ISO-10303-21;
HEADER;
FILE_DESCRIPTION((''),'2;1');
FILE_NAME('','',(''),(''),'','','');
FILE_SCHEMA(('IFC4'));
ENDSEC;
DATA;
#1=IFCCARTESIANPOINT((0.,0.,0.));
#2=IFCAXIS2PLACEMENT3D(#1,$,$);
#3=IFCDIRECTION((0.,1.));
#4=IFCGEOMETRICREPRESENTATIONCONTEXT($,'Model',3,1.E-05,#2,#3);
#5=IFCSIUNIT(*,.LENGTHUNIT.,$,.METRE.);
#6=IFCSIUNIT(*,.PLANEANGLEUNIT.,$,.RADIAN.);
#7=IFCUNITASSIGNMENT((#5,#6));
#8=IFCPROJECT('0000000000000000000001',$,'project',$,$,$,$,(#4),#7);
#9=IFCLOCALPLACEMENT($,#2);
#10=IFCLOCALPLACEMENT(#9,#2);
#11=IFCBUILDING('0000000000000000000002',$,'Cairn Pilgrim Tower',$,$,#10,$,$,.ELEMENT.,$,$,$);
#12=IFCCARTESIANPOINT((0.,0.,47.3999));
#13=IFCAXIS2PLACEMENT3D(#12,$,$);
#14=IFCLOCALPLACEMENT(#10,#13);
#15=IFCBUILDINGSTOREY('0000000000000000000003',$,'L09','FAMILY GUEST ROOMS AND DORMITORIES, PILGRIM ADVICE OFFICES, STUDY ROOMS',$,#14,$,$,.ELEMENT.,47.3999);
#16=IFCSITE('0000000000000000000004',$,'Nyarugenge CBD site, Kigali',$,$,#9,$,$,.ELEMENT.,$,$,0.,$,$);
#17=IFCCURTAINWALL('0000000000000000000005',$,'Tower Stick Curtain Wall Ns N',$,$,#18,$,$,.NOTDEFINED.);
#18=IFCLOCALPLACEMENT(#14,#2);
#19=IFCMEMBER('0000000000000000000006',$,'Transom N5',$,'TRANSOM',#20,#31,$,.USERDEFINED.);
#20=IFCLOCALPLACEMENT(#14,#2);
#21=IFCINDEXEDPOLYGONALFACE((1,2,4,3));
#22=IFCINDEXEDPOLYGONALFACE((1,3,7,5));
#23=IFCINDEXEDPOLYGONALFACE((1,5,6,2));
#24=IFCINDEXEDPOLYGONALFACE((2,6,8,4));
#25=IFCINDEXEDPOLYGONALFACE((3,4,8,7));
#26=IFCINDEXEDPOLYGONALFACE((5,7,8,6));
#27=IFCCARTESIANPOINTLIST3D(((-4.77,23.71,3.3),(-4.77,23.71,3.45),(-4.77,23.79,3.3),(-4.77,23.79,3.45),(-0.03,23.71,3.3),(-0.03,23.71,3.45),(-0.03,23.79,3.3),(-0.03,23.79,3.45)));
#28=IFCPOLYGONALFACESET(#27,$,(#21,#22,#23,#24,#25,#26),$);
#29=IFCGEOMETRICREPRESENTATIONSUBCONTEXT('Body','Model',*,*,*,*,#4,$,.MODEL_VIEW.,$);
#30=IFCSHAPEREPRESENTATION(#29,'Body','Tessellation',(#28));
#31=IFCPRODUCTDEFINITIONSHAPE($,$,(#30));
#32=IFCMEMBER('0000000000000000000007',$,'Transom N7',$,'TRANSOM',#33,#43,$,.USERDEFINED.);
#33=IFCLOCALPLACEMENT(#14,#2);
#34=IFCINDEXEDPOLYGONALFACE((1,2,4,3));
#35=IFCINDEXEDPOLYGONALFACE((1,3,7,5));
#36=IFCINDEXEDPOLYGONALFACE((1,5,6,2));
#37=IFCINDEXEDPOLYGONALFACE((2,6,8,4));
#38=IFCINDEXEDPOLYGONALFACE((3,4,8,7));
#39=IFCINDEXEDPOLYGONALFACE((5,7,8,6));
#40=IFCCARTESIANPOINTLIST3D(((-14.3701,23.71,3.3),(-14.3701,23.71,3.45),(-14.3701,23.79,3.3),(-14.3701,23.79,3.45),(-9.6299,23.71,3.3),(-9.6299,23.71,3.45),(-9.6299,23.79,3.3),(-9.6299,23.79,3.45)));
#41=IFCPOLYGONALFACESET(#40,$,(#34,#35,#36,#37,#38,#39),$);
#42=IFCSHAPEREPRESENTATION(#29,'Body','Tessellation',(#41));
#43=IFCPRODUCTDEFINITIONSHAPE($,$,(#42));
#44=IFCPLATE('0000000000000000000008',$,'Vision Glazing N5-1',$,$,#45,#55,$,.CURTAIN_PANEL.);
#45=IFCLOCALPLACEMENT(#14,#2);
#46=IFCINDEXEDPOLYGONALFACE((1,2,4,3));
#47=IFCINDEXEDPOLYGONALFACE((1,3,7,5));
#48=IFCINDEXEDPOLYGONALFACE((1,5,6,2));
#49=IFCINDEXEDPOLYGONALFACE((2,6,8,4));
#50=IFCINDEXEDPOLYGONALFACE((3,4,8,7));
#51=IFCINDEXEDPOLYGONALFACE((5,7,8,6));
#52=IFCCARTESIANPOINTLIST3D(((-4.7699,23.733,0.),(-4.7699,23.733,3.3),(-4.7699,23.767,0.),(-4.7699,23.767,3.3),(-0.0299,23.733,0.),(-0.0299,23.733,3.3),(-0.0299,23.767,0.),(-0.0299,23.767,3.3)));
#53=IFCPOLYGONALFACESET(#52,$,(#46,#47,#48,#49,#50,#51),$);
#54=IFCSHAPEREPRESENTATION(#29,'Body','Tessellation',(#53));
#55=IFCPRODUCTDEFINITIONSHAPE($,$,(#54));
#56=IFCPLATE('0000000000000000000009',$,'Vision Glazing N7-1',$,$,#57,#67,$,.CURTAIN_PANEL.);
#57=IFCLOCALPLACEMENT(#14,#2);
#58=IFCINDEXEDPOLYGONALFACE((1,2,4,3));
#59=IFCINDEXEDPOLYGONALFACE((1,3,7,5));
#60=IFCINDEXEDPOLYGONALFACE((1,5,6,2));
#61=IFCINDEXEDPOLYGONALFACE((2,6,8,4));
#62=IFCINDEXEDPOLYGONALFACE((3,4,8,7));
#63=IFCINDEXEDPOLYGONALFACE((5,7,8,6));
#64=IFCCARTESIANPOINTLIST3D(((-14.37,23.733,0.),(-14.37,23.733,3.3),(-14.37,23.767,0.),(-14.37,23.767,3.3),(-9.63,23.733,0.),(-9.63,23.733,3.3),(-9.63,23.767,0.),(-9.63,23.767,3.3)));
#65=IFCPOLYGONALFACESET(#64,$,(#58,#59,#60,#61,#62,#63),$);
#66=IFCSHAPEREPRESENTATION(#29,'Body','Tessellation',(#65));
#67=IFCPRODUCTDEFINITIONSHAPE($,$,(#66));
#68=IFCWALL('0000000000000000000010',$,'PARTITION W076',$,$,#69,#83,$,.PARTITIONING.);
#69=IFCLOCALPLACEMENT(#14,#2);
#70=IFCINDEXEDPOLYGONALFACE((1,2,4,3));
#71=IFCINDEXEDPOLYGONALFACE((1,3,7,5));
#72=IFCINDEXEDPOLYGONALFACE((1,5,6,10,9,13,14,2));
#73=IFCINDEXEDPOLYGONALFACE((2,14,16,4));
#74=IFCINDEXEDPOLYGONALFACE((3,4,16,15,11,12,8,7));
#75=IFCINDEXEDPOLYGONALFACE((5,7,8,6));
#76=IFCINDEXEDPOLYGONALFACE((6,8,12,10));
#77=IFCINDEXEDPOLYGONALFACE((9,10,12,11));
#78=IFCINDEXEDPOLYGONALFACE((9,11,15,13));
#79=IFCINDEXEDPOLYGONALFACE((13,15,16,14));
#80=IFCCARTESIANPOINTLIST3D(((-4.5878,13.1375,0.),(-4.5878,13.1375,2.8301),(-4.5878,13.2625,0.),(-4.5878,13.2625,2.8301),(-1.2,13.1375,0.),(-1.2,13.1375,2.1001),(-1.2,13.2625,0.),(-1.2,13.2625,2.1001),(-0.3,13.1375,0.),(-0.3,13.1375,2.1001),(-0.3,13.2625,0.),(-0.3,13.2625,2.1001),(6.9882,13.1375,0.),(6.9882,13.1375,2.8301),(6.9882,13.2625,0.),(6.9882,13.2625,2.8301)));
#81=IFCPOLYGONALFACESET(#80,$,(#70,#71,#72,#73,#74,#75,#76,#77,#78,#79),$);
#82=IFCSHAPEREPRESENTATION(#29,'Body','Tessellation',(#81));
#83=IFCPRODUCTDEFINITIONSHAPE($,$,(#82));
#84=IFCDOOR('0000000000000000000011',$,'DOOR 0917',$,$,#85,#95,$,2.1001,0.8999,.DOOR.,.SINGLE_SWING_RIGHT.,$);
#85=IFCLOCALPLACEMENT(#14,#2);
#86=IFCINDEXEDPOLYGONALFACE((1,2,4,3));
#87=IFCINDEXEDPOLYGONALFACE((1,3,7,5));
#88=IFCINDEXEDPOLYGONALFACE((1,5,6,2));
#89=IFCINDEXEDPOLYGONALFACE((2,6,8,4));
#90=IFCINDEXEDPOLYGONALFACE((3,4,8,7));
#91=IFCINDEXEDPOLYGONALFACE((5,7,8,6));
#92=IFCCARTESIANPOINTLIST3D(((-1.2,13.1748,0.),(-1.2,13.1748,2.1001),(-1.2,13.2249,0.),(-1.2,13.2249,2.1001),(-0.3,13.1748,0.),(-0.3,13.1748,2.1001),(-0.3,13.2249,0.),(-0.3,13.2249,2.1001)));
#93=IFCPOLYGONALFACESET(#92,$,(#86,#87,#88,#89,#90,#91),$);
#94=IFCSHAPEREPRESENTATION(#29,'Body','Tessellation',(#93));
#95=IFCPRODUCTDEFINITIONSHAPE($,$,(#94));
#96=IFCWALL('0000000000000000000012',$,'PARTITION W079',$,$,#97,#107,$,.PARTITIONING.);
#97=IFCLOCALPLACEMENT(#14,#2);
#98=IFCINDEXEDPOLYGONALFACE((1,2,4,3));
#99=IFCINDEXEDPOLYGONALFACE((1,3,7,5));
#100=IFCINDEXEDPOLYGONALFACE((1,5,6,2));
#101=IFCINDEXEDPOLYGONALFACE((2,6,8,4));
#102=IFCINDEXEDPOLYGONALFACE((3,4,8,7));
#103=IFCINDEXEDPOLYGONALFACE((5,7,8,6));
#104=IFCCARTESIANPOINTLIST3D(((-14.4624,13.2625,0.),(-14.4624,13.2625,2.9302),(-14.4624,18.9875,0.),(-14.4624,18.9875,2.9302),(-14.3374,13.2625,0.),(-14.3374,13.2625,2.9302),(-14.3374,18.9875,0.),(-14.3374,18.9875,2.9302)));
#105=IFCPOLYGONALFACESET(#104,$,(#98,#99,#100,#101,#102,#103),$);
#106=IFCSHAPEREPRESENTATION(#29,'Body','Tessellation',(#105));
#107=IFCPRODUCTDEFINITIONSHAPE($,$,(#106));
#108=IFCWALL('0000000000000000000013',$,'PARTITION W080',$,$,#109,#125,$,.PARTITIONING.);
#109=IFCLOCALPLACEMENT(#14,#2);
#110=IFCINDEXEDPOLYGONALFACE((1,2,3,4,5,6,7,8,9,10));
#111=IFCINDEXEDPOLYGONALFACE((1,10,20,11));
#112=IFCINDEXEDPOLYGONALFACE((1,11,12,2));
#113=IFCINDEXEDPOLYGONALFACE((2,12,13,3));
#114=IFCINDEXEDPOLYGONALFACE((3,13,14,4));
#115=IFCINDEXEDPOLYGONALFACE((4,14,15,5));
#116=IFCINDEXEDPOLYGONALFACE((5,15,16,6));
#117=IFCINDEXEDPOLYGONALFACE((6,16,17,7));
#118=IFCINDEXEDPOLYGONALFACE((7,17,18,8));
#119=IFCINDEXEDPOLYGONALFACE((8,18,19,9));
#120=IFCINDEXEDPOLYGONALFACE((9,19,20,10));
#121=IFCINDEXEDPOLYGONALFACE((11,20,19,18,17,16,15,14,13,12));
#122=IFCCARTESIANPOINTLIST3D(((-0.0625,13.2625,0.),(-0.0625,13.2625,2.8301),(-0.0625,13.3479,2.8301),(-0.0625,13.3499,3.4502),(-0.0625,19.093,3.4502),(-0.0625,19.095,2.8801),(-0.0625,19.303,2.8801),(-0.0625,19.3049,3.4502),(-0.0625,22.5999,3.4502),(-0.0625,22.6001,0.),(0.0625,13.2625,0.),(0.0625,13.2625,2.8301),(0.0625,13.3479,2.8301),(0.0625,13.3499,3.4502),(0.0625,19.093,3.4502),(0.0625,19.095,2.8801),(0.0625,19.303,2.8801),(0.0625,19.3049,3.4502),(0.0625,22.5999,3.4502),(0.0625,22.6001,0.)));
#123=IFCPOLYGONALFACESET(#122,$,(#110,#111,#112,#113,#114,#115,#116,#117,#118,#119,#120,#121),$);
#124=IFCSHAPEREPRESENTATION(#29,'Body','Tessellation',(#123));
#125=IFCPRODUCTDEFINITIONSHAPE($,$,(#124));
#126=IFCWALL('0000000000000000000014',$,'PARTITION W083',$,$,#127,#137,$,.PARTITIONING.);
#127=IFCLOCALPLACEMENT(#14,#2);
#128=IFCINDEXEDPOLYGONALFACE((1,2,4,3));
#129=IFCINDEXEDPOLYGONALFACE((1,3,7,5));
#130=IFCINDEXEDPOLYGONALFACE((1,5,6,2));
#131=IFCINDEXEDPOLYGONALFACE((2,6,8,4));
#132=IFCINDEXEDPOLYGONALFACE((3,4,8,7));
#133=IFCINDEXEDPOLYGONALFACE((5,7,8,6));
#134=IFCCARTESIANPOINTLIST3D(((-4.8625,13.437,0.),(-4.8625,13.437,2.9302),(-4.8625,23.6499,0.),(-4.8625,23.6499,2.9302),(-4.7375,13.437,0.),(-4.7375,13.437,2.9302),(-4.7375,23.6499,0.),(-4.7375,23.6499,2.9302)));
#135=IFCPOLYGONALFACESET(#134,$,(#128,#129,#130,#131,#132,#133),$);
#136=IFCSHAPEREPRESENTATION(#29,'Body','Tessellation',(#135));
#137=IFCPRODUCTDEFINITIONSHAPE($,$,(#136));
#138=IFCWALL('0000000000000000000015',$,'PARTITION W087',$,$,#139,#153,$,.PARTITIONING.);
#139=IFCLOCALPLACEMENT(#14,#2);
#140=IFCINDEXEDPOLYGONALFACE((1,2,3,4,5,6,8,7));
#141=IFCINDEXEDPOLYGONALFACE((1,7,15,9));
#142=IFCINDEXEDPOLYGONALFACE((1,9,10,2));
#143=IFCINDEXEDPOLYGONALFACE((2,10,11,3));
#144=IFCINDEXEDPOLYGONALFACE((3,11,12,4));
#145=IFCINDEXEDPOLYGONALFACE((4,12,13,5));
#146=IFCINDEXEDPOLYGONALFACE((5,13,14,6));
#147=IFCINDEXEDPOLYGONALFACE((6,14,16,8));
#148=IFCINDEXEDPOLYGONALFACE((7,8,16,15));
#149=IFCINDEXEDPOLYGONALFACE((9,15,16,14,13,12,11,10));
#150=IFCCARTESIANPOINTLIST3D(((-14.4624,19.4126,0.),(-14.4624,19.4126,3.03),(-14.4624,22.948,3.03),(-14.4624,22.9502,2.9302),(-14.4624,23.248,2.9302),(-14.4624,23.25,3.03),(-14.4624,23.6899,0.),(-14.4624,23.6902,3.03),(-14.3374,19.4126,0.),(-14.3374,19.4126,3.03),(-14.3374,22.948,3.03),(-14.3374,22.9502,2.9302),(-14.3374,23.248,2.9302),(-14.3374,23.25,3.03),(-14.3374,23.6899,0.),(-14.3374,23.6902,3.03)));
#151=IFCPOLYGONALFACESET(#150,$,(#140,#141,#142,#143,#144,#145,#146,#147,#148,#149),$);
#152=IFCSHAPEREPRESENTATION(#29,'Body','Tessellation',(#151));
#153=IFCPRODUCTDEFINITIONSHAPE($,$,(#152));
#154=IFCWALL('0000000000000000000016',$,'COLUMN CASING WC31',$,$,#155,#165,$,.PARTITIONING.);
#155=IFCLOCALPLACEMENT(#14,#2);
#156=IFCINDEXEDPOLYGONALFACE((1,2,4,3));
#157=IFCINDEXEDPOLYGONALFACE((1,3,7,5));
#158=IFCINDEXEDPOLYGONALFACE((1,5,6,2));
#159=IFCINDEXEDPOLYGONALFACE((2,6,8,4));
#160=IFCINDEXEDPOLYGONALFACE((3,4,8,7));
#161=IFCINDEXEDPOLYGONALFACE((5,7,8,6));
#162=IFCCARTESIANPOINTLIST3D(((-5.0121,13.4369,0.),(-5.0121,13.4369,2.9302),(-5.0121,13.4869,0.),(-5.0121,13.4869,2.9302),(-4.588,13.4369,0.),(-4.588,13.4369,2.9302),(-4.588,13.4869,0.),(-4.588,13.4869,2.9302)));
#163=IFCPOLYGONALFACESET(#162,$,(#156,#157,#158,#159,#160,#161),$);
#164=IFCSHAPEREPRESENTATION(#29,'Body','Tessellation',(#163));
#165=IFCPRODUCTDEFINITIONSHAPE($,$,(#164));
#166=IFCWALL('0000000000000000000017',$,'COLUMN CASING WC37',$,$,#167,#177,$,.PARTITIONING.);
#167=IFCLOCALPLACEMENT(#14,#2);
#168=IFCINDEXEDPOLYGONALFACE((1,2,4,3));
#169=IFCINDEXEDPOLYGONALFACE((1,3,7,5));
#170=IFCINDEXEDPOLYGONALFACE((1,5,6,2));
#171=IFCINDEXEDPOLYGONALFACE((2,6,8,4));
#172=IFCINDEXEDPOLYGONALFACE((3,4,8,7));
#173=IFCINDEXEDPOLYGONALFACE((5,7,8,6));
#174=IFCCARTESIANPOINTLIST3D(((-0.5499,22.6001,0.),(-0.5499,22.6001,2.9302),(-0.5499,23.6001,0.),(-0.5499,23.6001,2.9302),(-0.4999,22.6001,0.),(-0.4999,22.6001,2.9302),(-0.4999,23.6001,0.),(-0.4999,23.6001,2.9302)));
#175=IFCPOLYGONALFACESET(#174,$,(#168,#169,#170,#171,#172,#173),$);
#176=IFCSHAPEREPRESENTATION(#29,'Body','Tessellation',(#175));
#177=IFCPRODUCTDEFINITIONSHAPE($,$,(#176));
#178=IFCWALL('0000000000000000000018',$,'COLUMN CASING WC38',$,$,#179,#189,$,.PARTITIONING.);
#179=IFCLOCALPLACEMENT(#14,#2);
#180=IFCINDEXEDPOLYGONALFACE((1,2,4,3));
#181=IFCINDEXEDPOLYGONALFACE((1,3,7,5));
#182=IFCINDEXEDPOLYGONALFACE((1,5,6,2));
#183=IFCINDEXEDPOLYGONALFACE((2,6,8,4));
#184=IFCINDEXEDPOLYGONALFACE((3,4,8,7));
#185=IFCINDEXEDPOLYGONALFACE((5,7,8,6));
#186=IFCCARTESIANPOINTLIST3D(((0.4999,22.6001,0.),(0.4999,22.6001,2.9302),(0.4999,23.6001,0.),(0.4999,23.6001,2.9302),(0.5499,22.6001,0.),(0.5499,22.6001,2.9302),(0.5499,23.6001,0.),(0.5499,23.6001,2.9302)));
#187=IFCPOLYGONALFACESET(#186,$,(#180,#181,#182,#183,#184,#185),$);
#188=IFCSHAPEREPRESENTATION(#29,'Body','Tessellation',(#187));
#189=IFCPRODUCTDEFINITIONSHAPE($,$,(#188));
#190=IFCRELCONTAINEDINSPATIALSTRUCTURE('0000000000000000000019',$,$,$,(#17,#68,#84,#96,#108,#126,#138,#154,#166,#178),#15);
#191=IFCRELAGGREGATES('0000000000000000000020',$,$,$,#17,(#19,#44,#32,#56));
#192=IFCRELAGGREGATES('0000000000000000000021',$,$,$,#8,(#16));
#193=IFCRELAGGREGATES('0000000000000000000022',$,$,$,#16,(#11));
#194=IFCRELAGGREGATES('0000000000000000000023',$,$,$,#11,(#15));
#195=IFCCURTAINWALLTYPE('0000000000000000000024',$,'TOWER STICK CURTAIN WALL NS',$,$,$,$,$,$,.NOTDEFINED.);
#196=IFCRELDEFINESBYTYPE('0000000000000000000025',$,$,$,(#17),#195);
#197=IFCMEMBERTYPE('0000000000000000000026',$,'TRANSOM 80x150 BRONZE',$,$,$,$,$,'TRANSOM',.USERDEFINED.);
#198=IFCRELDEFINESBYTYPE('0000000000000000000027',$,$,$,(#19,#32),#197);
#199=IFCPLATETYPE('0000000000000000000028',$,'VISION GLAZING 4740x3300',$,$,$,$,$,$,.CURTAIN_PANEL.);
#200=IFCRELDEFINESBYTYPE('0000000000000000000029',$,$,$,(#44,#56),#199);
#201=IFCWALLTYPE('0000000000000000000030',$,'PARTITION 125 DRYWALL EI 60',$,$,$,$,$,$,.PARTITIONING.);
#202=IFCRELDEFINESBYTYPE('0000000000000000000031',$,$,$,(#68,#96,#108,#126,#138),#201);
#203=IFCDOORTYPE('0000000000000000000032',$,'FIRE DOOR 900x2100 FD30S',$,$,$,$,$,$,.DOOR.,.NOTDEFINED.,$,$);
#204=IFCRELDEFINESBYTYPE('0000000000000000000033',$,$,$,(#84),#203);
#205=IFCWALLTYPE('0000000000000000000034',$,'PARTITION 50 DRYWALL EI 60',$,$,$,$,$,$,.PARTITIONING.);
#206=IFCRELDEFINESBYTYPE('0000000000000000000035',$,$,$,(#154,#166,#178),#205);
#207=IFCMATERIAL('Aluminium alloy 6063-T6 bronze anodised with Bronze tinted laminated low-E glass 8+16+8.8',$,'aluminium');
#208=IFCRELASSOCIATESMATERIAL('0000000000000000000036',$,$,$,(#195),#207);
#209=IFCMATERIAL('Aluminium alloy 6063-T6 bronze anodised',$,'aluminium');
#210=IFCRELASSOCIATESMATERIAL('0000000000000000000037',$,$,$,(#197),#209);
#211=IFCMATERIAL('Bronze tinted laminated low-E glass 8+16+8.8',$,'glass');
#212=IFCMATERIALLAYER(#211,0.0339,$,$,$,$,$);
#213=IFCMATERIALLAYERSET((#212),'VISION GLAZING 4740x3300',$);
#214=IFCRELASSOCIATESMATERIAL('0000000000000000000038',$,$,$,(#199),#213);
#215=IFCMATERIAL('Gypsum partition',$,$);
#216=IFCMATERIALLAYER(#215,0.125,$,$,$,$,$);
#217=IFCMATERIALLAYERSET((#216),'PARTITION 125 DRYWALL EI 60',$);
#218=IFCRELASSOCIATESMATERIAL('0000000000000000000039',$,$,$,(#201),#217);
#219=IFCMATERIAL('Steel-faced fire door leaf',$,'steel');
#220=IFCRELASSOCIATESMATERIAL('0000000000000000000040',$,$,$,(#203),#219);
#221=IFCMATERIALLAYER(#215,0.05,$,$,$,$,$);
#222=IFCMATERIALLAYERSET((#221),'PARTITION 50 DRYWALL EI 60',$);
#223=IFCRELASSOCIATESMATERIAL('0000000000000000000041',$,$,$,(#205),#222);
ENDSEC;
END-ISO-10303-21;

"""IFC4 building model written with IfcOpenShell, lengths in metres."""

from ifc_helpers import new_model, si_unit, direction, frame, frame_2d, origin, origin_2d, place, context, subcontext, project, spatial, polyline, rectangle, outline, extrude, material, layer, layer_set, material_profile, profile_set, type_object, element, fill, aggregate, save


model = new_model("IFC4")

# Units and contexts
model_context = context("Model", 3, precision=1e-05, world=origin(), true_north=direction((0.0, 1.0)))
body_context = subcontext(model_context, "Body", "Model", "MODEL_VIEW")
ifc_project = project(units=[si_unit("LENGTHUNIT", "METRE"), si_unit("PLANEANGLEUNIT", "RADIAN")], contexts=[model_context])

# Site, building, storey
site_placement = place(None, origin())
site = spatial("IfcSite", under=ifc_project, at=site_placement, Name="Nyarugenge CBD site, Kigali", CompositionType="ELEMENT", RefElevation=0.0)
building_placement = place(site_placement, origin())
building = spatial("IfcBuilding", under=site, at=building_placement, Name="Cairn Pilgrim Tower", CompositionType="ELEMENT")
storey_placement = place(building_placement, frame((0.0, 0.0, 47.3999)))
storey = spatial("IfcBuildingStorey", under=building, at=storey_placement, Name="L09", Description="FAMILY GUEST ROOMS AND DORMITORIES, PILGRIM ADVICE OFFICES, STUDY ROOMS", CompositionType="ELEMENT", Elevation=47.3999)

# Curtain wall
ifc_material_1 = material(Name="Aluminium alloy 6063-T6 bronze anodised with Bronze tinted laminated low-E glass 8+16+8.8", Category="aluminium")
curtain_wall_type = type_object("IfcCurtainWallType", Name="TOWER STICK CURTAIN WALL NS", PredefinedType="NOTDEFINED", material=ifc_material_1)
curtain_wall_placement = place(storey_placement, origin())
curtain_wall = element("IfcCurtainWall", 1, at=curtain_wall_placement, inside=storey, type_object=curtain_wall_type, Name="Tower Stick Curtain Wall Ns N", PredefinedType="NOTDEFINED")
ifc_material_2 = material(Name="Aluminium alloy 6063-T6 bronze anodised", Category="aluminium")

# Members
ifc_material_profile_1 = material_profile(ifc_material_2, rectangle(XDim=0.0801, YDim=0.1499, at=origin_2d()), Name="TRANSOM 80x150 BRONZE")
ifc_profile_set_1 = profile_set([ifc_material_profile_1], Name="Aluminium alloy 6063-T6 bronze anodised")
member_type_1 = type_object("IfcMemberType", Name="TRANSOM 80x150 BRONZE", ElementType="TRANSOM", PredefinedType="USERDEFINED", material=ifc_profile_set_1)
member_1_placement = place(storey_placement, frame((-0.03, 23.75, 3.375), z_axis=(-1.0, 0.0, 0.0), x_axis=(0.0, -1.0, 0.0)))
member_1 = element("IfcMember", 2, at=member_1_placement, type_object=member_type_1, Name="Transom N5", ObjectType="TRANSOM", PredefinedType="USERDEFINED", context=body_context, shape_type="SweptSolid", body=[
    extrude(rectangle(XDim=0.0801, YDim=0.1499, at=origin_2d()), origin(), (0.0, 0.0, 1.0), 4.74),
])
member_2_placement = place(storey_placement, frame((-9.6299, 23.75, 3.375), z_axis=(-1.0, 0.0, 0.0), x_axis=(0.0, -1.0, 0.0)))
member_2 = element("IfcMember", 3, at=member_2_placement, type_object=member_type_1, Name="Transom N7", ObjectType="TRANSOM", PredefinedType="USERDEFINED", context=body_context, shape_type="SweptSolid", body=[
    extrude(rectangle(XDim=0.0801, YDim=0.1499, at=origin_2d()), origin(), (0.0, 0.0, 1.0), 4.7402),
])

# Plates
ifc_material_3 = material(Name="Bronze tinted laminated low-E glass 8+16+8.8", Category="glass")
ifc_layer_1 = layer(ifc_material_3, 0.0339)
ifc_layer_set_1 = layer_set([ifc_layer_1], Name="VISION GLAZING 4740x3300")
plate_type = type_object("IfcPlateType", Name="VISION GLAZING 4740x3300", PredefinedType="CURTAIN_PANEL", material=ifc_layer_set_1)
plate_1_placement = place(storey_placement, frame((-2.3999, 23.75, 0.0), z_axis=(0.0, 0.0, 1.0), x_axis=(-1.0, 0.0, 0.0)))
plate_1 = element("IfcPlate", 4, at=plate_1_placement, type_object=plate_type, Name="Vision Glazing N5-1", PredefinedType="CURTAIN_PANEL", context=body_context, shape_type="SweptSolid", body=[
    extrude(rectangle(XDim=4.74, YDim=0.0339, at=origin_2d()), origin(), (0.0, 0.0, 1.0), 3.3),
])
plate_2_placement = place(storey_placement, frame((-12.0, 23.75, 0.0), z_axis=(0.0, 0.0, 1.0), x_axis=(-1.0, 0.0, 0.0)))
plate_2 = element("IfcPlate", 5, at=plate_2_placement, type_object=plate_type, Name="Vision Glazing N7-1", PredefinedType="CURTAIN_PANEL", context=body_context, shape_type="SweptSolid", body=[
    extrude(rectangle(XDim=4.74, YDim=0.0339, at=origin_2d()), origin(), (0.0, 0.0, 1.0), 3.3),
])
aggregate(curtain_wall, [member_1, plate_1, member_2, plate_2])

# Wall, opening, door
ifc_material_4 = material(Name="Gypsum partition")
ifc_layer_2 = layer(ifc_material_4, 0.125)
ifc_layer_set_2 = layer_set([ifc_layer_2], Name="PARTITION 125 DRYWALL EI 60")
wall_type_1 = type_object("IfcWallType", Name="PARTITION 125 DRYWALL EI 60", PredefinedType="PARTITIONING", material=ifc_layer_set_2)
wall_1_placement = place(storey_placement, frame((-4.5879, 13.2, 0.0), z_axis=(0.0, 0.0, 1.0), x_axis=(1.0, 0.0, 0.0)))
wall_1 = element("IfcWall", 6, at=wall_1_placement, inside=storey, type_object=wall_type_1, Name="PARTITION W076", PredefinedType="PARTITIONING", context=body_context, shape_type="SweptSolid", body=[
    extrude(rectangle(XDim=11.5759, YDim=0.125, at=frame_2d((5.7881, 0.0))), origin(), (0.0, 0.0, 1.0), 2.8301),
])
opening_1_placement = place(wall_1_placement, frame((3.3879, 0.0, 0.0)))
opening_1 = element("IfcOpeningElement", 7, at=opening_1_placement, cuts=wall_1, PredefinedType="OPENING", context=body_context, shape_type="SweptSolid", body=[
    extrude(rectangle(XDim=0.8999, YDim=2.1001, at=frame_2d((0.45, 1.05))), frame((0.0, 0.0725, 0.0), z_axis=(0.0, -1.0, 0.0), x_axis=(1.0, 0.0, 0.0)), (0.0, 0.0, 1.0), 0.145),
])
ifc_material_5 = material(Name="Steel-faced fire door leaf", Category="steel")
door_type_1 = type_object("IfcDoorType", Name="FIRE DOOR 900x2100 FD30S", OperationType="NOTDEFINED", PredefinedType="DOOR", material=ifc_material_5)
door_1_placement = place(opening_1_placement, origin())
door_1 = element("IfcDoor", 8, at=door_1_placement, inside=storey, type_object=door_type_1, Name="DOOR 0917", OperationType="SINGLE_SWING_RIGHT", OverallHeight=2.1001, OverallWidth=0.8999, PredefinedType="DOOR", context=body_context, shape_type="SweptSolid", body=[
    extrude(rectangle(XDim=0.8999, YDim=2.1001, at=frame_2d((0.45, 1.05))), frame((0.0, 0.0249, 0.0), z_axis=(0.0, -1.0, 0.0), x_axis=(1.0, 0.0, 0.0)), (0.0, 0.0, 1.0), 0.05),
])
fill(opening_1, door_1)

# Walls
wall_2_placement = place(storey_placement, frame((-14.3999, 13.2625, 0.0), z_axis=(0.0, 0.0, 1.0), x_axis=(0.0, 1.0, 0.0)))
element("IfcWall", 9, at=wall_2_placement, inside=storey, type_object=wall_type_1, Name="PARTITION W079", PredefinedType="PARTITIONING", context=body_context, shape_type="SweptSolid", body=[
    extrude(rectangle(XDim=5.7251, YDim=0.125, at=frame_2d((2.8625, 0.0))), origin(), (0.0, 0.0, 1.0), 2.9302),
])
wall_3_placement = place(storey_placement, frame((0.0, 13.2625, 0.0), z_axis=(0.0, 0.0, 1.0), x_axis=(0.0, 1.0, 0.0)))
element("IfcWall", 10, at=wall_3_placement, inside=storey, type_object=wall_type_1, Name="PARTITION W080", PredefinedType="PARTITIONING", context=body_context, shape_type="SweptSolid", body=[
    extrude(outline(polyline([(0.0, 0.0), (9.3376, 0.0), (9.3374, 3.4502), (6.0425, 3.4502), (6.0405, 2.8801), (5.8325, 2.8801), (5.8306, 3.4502), (0.0874, 3.4502), (0.0854, 2.8301), (0.0, 2.8301), (0.0, 0.0)])), frame((0.0, 0.0625, 0.0), z_axis=(0.0, -1.0, 0.0), x_axis=(1.0, 0.0, 0.0)), (0.0, 0.0, 1.0), 0.125),
])
wall_4_placement = place(storey_placement, frame((-4.8, 13.437, 0.0), z_axis=(0.0, 0.0, 1.0), x_axis=(0.0, 1.0, 0.0)))
element("IfcWall", 11, at=wall_4_placement, inside=storey, type_object=wall_type_1, Name="PARTITION W083", PredefinedType="PARTITIONING", context=body_context, shape_type="SweptSolid", body=[
    extrude(rectangle(XDim=10.2129, YDim=0.125, at=frame_2d((5.1064, 0.0))), origin(), (0.0, 0.0, 1.0), 2.9302),
])
wall_5_placement = place(storey_placement, frame((-14.3999, 19.4126, 0.0), z_axis=(0.0, 0.0, 1.0), x_axis=(0.0, 1.0, 0.0)))
element("IfcWall", 12, at=wall_5_placement, inside=storey, type_object=wall_type_1, Name="PARTITION W087", PredefinedType="PARTITIONING", context=body_context, shape_type="SweptSolid", body=[
    extrude(outline(polyline([(0.0, 0.0), (4.2773, 0.0), (4.2776, 3.03), (3.8374, 3.03), (3.8354, 2.9302), (3.5376, 2.9302), (3.5354, 3.03), (0.0, 3.03), (0.0, 0.0)])), frame((0.0, 0.0625, 0.0), z_axis=(0.0, -1.0, 0.0), x_axis=(1.0, 0.0, 0.0)), (0.0, 0.0, 1.0), 0.125),
])
ifc_layer_3 = layer(ifc_material_4, 0.05)
ifc_layer_set_3 = layer_set([ifc_layer_3], Name="PARTITION 50 DRYWALL EI 60")
wall_type_2 = type_object("IfcWallType", Name="PARTITION 50 DRYWALL EI 60", PredefinedType="PARTITIONING", material=ifc_layer_set_3)
wall_6_placement = place(storey_placement, frame((-5.012, 13.4619, 0.0), z_axis=(0.0, 0.0, 1.0), x_axis=(1.0, 0.0, 0.0)))
element("IfcWall", 13, at=wall_6_placement, inside=storey, type_object=wall_type_2, Name="COLUMN CASING WC31", PredefinedType="PARTITIONING", context=body_context, shape_type="SweptSolid", body=[
    extrude(rectangle(XDim=0.4241, YDim=0.05, at=frame_2d((0.2119, 0.0))), origin(), (0.0, 0.0, 1.0), 2.9302),
])
for number, where, z_axis, x_axis, name in (
    (14, (-0.5249, 22.6001, 0.0), (0.0, 0.0, 1.0), (0.0, 1.0, 0.0), "COLUMN CASING WC37"),
    (15, (0.5249, 22.6001, 0.0), (0.0, 0.0, 1.0), (0.0, 1.0, 0.0), "COLUMN CASING WC38"),
):
    element("IfcWall", number, at=place(storey_placement, frame(where, z_axis=z_axis, x_axis=x_axis)), inside=storey, type_object=wall_type_2, Name=name, PredefinedType="PARTITIONING", context=body_context, shape_type="SweptSolid", body=[
        extrude(rectangle(XDim=1.0, YDim=0.05, at=frame_2d((0.5, 0.0))), origin(), (0.0, 0.0, 1.0), 2.9302),
    ])

save(model, "model.ifc")
